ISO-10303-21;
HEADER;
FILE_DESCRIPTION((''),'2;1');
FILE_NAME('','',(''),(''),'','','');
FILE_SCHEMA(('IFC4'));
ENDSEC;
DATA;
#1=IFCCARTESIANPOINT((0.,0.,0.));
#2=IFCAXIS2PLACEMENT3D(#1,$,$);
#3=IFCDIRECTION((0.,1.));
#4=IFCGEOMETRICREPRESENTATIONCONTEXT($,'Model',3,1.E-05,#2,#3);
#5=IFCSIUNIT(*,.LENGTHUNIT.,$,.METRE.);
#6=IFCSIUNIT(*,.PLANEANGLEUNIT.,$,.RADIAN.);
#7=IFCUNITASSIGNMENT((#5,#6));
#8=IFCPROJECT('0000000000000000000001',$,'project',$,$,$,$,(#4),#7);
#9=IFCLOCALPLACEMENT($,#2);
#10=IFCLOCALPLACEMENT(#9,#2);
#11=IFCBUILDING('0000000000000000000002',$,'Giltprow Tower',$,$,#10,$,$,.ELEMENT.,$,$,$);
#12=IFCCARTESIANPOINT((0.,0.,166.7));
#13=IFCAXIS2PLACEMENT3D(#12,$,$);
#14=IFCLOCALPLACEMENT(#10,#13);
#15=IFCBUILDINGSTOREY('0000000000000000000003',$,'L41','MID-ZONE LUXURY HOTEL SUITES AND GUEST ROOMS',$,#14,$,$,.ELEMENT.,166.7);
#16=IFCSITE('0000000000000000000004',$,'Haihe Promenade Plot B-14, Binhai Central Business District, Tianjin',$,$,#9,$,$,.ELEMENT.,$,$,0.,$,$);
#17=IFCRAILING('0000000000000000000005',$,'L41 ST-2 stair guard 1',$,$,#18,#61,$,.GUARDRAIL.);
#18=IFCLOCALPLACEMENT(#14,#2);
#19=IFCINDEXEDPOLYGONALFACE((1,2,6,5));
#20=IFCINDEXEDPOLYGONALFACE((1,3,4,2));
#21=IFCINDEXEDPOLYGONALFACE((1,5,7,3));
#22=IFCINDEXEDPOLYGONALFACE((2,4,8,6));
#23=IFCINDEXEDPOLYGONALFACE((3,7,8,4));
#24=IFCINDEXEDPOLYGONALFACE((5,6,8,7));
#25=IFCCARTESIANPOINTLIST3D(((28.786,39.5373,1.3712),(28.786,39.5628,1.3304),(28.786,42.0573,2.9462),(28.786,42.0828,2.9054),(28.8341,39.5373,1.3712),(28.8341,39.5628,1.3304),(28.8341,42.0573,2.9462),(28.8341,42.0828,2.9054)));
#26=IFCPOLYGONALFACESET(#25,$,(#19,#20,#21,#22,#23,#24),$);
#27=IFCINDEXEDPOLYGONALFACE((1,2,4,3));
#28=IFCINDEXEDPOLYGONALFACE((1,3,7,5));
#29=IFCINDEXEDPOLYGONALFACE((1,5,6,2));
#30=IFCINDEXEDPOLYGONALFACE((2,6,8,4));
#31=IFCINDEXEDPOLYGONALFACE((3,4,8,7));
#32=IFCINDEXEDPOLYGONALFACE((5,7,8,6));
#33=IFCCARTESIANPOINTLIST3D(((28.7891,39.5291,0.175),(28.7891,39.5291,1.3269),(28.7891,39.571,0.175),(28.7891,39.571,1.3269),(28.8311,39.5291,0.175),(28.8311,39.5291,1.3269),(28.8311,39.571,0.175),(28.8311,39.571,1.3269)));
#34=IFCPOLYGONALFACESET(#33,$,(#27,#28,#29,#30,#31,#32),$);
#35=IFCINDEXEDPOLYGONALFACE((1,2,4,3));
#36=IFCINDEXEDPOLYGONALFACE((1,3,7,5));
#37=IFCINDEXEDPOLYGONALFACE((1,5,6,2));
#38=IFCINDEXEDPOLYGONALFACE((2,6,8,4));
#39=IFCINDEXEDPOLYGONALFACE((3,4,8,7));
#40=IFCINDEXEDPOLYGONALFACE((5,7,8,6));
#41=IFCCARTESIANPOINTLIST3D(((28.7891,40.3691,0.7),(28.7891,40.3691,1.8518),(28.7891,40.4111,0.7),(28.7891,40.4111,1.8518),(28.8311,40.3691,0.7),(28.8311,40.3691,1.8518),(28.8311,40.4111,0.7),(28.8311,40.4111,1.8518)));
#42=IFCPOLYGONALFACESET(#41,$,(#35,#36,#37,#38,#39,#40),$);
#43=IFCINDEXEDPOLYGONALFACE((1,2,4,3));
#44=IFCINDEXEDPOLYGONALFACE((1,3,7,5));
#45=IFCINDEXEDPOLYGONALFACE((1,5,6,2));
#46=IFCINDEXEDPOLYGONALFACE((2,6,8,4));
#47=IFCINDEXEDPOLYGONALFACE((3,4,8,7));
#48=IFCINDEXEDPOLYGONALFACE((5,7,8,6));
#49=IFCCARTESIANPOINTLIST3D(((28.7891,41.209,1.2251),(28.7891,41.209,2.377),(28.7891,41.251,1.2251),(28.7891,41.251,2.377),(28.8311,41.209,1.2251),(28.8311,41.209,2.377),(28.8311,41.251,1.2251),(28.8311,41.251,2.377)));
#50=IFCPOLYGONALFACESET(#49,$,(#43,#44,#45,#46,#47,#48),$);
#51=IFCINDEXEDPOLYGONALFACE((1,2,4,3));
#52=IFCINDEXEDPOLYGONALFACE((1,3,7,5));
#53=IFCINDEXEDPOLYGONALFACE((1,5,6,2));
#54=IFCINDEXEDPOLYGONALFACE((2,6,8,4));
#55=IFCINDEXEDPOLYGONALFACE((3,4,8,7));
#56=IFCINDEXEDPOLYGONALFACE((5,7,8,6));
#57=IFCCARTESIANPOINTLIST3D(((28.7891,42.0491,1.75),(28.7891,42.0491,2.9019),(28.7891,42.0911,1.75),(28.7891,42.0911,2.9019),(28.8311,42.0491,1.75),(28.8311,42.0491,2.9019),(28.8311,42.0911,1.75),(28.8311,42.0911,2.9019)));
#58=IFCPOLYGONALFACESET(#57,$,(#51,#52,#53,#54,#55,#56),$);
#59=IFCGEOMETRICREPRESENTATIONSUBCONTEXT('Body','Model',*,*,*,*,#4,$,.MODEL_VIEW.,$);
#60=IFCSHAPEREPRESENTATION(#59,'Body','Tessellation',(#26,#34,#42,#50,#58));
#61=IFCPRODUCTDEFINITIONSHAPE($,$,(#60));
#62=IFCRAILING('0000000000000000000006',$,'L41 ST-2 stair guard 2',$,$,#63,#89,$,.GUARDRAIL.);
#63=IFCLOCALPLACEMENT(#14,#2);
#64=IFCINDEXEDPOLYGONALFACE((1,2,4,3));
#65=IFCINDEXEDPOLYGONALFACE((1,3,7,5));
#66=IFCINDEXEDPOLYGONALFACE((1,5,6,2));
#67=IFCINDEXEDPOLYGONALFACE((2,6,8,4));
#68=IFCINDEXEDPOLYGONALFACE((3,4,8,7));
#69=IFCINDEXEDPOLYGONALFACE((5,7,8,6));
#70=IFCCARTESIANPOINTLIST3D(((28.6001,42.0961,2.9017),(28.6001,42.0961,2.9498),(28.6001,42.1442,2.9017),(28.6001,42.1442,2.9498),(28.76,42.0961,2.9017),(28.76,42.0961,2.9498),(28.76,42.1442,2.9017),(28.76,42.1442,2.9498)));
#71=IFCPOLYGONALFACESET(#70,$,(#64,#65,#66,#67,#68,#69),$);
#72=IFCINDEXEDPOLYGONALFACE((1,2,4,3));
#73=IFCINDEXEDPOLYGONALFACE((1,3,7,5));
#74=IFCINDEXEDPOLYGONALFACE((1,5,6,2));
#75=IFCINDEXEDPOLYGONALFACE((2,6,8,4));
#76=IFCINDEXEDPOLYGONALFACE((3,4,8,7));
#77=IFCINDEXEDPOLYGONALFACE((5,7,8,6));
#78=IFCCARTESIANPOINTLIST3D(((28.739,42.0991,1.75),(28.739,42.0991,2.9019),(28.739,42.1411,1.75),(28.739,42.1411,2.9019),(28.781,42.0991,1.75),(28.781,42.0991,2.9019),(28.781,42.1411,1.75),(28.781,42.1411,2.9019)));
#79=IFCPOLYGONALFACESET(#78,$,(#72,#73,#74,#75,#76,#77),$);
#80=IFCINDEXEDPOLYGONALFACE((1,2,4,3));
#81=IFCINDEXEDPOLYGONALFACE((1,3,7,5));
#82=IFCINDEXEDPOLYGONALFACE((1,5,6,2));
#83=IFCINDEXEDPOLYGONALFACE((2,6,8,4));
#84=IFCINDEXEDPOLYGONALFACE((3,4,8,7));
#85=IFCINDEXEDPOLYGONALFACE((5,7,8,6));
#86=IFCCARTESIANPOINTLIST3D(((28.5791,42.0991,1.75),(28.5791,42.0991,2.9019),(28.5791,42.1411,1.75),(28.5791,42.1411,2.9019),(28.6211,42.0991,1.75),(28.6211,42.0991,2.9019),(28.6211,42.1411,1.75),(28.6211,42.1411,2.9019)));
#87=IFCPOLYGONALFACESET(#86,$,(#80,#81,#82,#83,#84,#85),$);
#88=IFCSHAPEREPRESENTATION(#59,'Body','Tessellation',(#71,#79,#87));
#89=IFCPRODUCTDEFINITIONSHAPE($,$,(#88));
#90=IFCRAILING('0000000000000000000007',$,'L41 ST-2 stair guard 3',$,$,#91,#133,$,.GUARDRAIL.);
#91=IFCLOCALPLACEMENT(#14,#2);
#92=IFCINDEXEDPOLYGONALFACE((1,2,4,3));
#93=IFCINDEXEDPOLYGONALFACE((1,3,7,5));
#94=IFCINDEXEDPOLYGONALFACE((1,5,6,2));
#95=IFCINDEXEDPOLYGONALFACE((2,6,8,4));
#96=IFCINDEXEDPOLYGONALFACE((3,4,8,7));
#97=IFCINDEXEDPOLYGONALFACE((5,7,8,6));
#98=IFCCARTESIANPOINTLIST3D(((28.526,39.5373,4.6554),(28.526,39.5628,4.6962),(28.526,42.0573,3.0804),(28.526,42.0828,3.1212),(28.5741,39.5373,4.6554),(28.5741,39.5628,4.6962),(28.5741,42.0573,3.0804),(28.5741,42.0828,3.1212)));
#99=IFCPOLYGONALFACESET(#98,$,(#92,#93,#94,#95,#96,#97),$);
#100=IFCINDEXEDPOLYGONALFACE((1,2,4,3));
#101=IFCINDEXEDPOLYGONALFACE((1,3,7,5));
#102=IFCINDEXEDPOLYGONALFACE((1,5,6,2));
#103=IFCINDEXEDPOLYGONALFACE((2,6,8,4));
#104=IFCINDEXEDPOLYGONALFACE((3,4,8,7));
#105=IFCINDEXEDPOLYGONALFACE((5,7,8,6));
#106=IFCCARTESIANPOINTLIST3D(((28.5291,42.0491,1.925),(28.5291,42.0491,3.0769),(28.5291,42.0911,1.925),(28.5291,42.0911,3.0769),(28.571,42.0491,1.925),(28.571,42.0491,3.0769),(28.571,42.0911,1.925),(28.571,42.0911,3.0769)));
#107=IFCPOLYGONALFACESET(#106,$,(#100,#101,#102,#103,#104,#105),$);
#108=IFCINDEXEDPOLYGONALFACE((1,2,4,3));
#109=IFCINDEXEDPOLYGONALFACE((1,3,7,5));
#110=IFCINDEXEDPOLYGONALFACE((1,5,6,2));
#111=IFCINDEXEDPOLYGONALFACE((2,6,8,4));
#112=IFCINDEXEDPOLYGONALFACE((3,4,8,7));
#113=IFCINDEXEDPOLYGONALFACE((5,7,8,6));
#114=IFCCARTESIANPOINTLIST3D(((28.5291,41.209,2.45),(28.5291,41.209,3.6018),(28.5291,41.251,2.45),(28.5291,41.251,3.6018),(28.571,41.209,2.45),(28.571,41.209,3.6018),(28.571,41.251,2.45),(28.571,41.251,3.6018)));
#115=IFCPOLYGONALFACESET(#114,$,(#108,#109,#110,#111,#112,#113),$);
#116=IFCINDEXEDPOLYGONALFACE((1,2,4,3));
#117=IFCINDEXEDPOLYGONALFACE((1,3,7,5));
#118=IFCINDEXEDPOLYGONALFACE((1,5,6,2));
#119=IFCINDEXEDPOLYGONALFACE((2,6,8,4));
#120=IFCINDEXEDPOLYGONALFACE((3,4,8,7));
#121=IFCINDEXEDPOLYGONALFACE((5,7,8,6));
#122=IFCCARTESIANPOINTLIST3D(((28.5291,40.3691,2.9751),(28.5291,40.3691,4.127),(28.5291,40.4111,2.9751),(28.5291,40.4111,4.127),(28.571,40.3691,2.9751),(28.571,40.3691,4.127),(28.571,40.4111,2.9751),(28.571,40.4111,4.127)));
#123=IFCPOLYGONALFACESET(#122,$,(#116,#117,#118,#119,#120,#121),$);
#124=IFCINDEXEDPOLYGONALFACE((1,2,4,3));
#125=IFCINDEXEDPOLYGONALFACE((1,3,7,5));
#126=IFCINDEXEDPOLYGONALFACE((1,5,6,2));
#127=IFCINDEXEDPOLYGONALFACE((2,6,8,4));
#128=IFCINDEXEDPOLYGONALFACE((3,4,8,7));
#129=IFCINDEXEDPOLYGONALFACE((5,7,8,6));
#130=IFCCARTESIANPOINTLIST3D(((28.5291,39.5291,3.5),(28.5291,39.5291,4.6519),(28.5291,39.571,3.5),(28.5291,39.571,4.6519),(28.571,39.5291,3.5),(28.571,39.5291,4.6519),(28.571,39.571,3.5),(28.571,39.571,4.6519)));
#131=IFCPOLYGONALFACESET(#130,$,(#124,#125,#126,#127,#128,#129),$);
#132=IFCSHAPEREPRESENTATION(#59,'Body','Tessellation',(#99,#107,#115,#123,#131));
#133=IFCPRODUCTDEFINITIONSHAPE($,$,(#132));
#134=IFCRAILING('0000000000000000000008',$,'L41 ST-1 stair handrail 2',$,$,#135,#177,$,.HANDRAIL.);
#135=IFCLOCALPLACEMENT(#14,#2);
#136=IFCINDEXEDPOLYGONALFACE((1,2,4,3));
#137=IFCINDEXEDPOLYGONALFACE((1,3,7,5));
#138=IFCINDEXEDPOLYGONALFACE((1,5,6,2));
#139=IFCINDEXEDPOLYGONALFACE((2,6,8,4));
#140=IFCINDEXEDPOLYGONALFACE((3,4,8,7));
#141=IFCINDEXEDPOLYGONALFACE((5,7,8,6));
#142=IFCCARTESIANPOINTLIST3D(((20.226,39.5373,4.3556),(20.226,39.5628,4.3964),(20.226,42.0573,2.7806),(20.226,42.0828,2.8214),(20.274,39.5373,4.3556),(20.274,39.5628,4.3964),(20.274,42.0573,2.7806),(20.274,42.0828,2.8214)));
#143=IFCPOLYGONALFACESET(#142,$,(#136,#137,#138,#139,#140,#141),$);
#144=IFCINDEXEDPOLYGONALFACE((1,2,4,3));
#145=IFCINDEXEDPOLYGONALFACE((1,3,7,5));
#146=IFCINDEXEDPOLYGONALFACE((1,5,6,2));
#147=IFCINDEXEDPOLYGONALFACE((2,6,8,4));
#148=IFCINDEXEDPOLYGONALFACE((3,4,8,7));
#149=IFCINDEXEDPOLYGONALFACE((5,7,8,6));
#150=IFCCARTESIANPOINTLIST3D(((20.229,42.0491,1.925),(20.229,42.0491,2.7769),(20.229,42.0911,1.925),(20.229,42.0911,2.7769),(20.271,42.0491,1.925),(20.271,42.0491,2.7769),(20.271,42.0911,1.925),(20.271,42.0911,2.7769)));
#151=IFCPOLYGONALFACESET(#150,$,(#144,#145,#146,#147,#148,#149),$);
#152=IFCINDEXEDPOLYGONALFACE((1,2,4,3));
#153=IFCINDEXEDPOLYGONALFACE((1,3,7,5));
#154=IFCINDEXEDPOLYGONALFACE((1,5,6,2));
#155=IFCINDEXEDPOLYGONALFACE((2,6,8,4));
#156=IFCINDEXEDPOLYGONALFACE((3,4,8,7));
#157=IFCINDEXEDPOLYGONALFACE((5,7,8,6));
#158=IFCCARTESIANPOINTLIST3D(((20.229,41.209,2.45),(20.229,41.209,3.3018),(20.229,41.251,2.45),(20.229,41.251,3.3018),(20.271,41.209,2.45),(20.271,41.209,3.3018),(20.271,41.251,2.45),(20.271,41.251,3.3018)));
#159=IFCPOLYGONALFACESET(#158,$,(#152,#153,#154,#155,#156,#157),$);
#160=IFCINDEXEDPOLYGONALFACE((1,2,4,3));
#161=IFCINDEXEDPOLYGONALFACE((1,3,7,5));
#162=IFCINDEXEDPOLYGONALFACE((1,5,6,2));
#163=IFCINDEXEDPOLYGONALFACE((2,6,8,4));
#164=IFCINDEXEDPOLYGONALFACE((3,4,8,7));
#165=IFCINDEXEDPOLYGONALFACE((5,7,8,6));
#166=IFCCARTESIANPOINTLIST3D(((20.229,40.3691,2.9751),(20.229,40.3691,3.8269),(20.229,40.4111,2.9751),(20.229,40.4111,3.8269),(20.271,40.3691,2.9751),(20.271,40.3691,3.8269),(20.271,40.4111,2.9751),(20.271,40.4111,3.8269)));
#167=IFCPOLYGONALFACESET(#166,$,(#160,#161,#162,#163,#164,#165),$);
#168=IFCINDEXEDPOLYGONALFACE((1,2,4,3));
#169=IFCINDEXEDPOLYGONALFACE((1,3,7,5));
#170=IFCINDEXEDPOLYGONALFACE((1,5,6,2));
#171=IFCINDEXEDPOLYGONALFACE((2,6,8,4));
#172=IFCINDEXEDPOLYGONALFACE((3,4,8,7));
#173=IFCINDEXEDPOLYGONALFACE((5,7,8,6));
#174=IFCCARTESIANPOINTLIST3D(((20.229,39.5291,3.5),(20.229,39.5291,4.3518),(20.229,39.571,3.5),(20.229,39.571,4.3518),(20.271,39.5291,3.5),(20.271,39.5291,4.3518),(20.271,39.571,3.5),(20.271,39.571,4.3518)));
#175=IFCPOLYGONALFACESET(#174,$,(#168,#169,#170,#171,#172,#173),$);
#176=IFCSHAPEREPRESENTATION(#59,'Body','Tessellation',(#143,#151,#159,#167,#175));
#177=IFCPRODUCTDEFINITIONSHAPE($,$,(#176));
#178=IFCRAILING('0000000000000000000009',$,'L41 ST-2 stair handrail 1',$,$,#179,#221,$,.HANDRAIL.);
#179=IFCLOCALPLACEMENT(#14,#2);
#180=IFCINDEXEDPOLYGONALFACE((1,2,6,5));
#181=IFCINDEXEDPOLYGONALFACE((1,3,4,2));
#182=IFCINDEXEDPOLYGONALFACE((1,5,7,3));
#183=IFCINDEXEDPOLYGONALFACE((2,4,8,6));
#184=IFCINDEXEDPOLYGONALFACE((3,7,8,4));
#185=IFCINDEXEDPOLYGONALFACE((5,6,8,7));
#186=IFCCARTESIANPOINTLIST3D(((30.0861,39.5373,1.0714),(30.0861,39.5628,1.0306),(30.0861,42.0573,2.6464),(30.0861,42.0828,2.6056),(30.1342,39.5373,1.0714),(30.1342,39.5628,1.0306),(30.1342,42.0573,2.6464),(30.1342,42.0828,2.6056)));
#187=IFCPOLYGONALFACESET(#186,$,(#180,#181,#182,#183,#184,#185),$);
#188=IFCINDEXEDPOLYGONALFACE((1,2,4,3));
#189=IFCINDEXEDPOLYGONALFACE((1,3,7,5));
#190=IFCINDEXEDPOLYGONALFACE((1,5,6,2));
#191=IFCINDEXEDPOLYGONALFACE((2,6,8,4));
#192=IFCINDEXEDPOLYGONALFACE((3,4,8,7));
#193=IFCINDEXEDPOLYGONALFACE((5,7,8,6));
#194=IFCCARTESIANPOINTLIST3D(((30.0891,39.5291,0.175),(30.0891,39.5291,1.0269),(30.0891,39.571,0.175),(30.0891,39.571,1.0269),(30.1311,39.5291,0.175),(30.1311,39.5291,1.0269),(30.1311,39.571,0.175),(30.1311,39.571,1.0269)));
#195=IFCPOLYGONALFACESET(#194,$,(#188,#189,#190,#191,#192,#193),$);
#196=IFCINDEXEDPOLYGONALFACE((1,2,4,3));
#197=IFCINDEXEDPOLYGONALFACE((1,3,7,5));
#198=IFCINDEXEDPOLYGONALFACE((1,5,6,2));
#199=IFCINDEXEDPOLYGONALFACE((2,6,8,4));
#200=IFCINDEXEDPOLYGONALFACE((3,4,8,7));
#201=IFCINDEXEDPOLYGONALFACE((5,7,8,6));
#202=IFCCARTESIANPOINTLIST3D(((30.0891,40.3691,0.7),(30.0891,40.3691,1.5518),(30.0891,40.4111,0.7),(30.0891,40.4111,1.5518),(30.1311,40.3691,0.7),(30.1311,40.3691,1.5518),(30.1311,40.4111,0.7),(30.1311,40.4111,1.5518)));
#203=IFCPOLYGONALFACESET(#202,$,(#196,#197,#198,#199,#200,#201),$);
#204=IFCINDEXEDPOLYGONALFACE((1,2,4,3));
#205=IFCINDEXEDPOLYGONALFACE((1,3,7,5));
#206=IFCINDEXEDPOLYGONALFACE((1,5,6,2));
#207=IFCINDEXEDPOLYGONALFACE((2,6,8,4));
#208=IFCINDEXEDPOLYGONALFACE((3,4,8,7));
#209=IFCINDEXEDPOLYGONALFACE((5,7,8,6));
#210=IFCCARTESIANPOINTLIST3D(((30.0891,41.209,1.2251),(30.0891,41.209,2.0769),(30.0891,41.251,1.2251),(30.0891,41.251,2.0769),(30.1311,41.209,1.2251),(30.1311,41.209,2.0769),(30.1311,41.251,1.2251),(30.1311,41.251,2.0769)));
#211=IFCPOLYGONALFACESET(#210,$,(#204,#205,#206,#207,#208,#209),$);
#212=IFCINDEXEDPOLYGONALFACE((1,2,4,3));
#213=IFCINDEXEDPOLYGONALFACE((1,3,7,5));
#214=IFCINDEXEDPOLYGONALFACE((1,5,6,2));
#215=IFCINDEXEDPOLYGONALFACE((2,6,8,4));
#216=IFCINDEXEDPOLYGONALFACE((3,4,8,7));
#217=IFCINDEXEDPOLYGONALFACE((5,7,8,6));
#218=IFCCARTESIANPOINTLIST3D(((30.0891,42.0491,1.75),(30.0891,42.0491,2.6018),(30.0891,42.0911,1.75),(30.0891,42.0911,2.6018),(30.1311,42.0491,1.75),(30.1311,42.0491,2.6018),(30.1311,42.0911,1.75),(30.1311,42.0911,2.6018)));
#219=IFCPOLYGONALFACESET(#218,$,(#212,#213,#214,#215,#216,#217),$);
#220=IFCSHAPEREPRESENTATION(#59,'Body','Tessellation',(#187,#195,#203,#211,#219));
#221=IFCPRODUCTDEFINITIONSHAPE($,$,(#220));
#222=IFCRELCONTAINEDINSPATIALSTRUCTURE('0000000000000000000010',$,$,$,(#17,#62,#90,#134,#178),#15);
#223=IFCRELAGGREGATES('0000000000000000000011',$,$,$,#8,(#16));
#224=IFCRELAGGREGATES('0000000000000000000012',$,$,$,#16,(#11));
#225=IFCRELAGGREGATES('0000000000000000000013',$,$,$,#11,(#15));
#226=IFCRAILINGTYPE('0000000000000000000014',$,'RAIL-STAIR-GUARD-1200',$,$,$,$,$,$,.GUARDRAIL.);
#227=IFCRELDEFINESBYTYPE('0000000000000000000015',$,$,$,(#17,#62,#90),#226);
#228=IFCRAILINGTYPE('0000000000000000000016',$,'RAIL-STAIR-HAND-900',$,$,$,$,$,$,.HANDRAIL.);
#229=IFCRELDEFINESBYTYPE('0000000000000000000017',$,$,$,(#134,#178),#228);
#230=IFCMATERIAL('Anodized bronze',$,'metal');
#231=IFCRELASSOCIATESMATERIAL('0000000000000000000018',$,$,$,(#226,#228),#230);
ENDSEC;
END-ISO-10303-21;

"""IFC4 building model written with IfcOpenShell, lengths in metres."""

from ifc_helpers import new_model, si_unit, direction, frame, origin, origin_2d, place, context, subcontext, project, spatial, rectangle, extrude, material, type_object, element, save


model = new_model("IFC4")

# Units and contexts
model_context = context("Model", 3, precision=1e-05, world=origin(), true_north=direction((0.0, 1.0)))
body_context = subcontext(model_context, "Body", "Model", "MODEL_VIEW")
ifc_project = project(units=[si_unit("LENGTHUNIT", "METRE"), si_unit("PLANEANGLEUNIT", "RADIAN")], contexts=[model_context])

# Site, building, storey
site_placement = place(None, origin())
site = spatial("IfcSite", under=ifc_project, at=site_placement, Name="Haihe Promenade Plot B-14, Binhai Central Business District, Tianjin", CompositionType="ELEMENT", RefElevation=0.0)
building_placement = place(site_placement, origin())
building = spatial("IfcBuilding", under=site, at=building_placement, Name="Giltprow Tower", CompositionType="ELEMENT")
storey_placement = place(building_placement, frame((0.0, 0.0, 166.7)))
storey = spatial("IfcBuildingStorey", under=building, at=storey_placement, Name="L41", Description="MID-ZONE LUXURY HOTEL SUITES AND GUEST ROOMS", CompositionType="ELEMENT", Elevation=166.7)

# Railings
ifc_material_1 = material(Name="Anodized bronze", Category="metal")
railing_type_1 = type_object("IfcRailingType", Name="RAIL-STAIR-GUARD-1200", PredefinedType="GUARDRAIL", material=ifc_material_1)
railing_1_placement = place(storey_placement, frame((28.8101, 39.55, 0.175)))
element("IfcRailing", 1, at=railing_1_placement, inside=storey, type_object=railing_type_1, Name="L41 ST-2 stair guard 1", PredefinedType="GUARDRAIL", context=body_context, shape_type="SweptSolid", body=[
    extrude(rectangle(XDim=0.0481, YDim=0.0481, at=origin_2d()), frame((0.0, 0.0, 1.1758), z_axis=(0.0, 0.848008, 0.529984), x_axis=(-1.0, 0.0, 0.0)), (0.0, 0.0, 1.0), 2.9717),
    extrude(rectangle(XDim=0.042, YDim=0.042, at=origin_2d()), origin(), (0.0, 0.0, 1.0), 1.1519),
    extrude(rectangle(XDim=0.042, YDim=0.042, at=origin_2d()), frame((0.0, 0.8401, 0.5249)), (0.0, 0.0, 1.0), 1.1519),
    extrude(rectangle(XDim=0.042, YDim=0.042, at=origin_2d()), frame((0.0, 1.6799, 1.05)), (0.0, 0.0, 1.0), 1.1519),
    extrude(rectangle(XDim=0.042, YDim=0.042, at=origin_2d()), frame((0.0, 2.52, 1.575)), (0.0, 0.0, 1.0), 1.1519),
])
railing_2_placement = place(storey_placement, frame((28.76, 42.1201, 1.75)))
element("IfcRailing", 2, at=railing_2_placement, inside=storey, type_object=railing_type_1, Name="L41 ST-2 stair guard 2", PredefinedType="GUARDRAIL", context=body_context, shape_type="SweptSolid", body=[
    extrude(rectangle(XDim=0.0481, YDim=0.0481, at=origin_2d()), frame((0.0, 0.0, 1.1758), z_axis=(-1.0, 0.0, 0.0), x_axis=(0.0, -1.0, 0.0)), (0.0, 0.0, 1.0), 0.1599),
    extrude(rectangle(XDim=0.042, YDim=0.042, at=origin_2d()), origin(), (0.0, 0.0, 1.0), 1.1519),
    extrude(rectangle(XDim=0.042, YDim=0.042, at=origin_2d()), frame((-0.1599, 0.0, 0.0)), (0.0, 0.0, 1.0), 1.1519),
])
railing_3_placement = place(storey_placement, frame((28.55, 42.0701, 1.925)))
element("IfcRailing", 3, at=railing_3_placement, inside=storey, type_object=railing_type_1, Name="L41 ST-2 stair guard 3", PredefinedType="GUARDRAIL", context=body_context, shape_type="SweptSolid", body=[
    extrude(rectangle(XDim=0.0481, YDim=0.0481, at=origin_2d()), frame((0.0, 0.0, 1.1758), z_axis=(0.0, -0.848008, 0.529984), x_axis=(1.0, 0.0, 0.0)), (0.0, 0.0, 1.0), 2.9717),
    extrude(rectangle(XDim=0.042, YDim=0.042, at=origin_2d()), origin(), (0.0, 0.0, 1.0), 1.1519),
    extrude(rectangle(XDim=0.042, YDim=0.042, at=origin_2d()), frame((0.0, -0.8401, 0.5249)), (0.0, 0.0, 1.0), 1.1519),
    extrude(rectangle(XDim=0.042, YDim=0.042, at=origin_2d()), frame((0.0, -1.6799, 1.05)), (0.0, 0.0, 1.0), 1.1519),
    extrude(rectangle(XDim=0.042, YDim=0.042, at=origin_2d()), frame((0.0, -2.52, 1.575)), (0.0, 0.0, 1.0), 1.1519),
])
railing_type_2 = type_object("IfcRailingType", Name="RAIL-STAIR-HAND-900", PredefinedType="HANDRAIL", material=ifc_material_1)
railing_4_placement = place(storey_placement, frame((20.25, 42.0701, 1.925)))
element("IfcRailing", 4, at=railing_4_placement, inside=storey, type_object=railing_type_2, Name="L41 ST-1 stair handrail 2", PredefinedType="HANDRAIL", context=body_context, shape_type="SweptSolid", body=[
    extrude(rectangle(XDim=0.0481, YDim=0.0481, at=origin_2d()), frame((0.0, 0.0, 0.876), z_axis=(0.0, -0.848008, 0.529984), x_axis=(1.0, 0.0, 0.0)), (0.0, 0.0, 1.0), 2.9717),
    extrude(rectangle(XDim=0.042, YDim=0.042, at=origin_2d()), origin(), (0.0, 0.0, 1.0), 0.8518),
    extrude(rectangle(XDim=0.042, YDim=0.042, at=origin_2d()), frame((0.0, -0.8401, 0.5249)), (0.0, 0.0, 1.0), 0.8518),
    extrude(rectangle(XDim=0.042, YDim=0.042, at=origin_2d()), frame((0.0, -1.6799, 1.05)), (0.0, 0.0, 1.0), 0.8518),
    extrude(rectangle(XDim=0.042, YDim=0.042, at=origin_2d()), frame((0.0, -2.52, 1.575)), (0.0, 0.0, 1.0), 0.8518),
])
railing_5_placement = place(storey_placement, frame((30.1101, 39.55, 0.175)))
element("IfcRailing", 5, at=railing_5_placement, inside=storey, type_object=railing_type_2, Name="L41 ST-2 stair handrail 1", PredefinedType="HANDRAIL", context=body_context, shape_type="SweptSolid", body=[
    extrude(rectangle(XDim=0.0481, YDim=0.0481, at=origin_2d()), frame((0.0, 0.0, 0.876), z_axis=(0.0, 0.848008, 0.529984), x_axis=(-1.0, 0.0, 0.0)), (0.0, 0.0, 1.0), 2.9717),
    extrude(rectangle(XDim=0.042, YDim=0.042, at=origin_2d()), origin(), (0.0, 0.0, 1.0), 0.8518),
    extrude(rectangle(XDim=0.042, YDim=0.042, at=origin_2d()), frame((0.0, 0.8401, 0.5249)), (0.0, 0.0, 1.0), 0.8518),
    extrude(rectangle(XDim=0.042, YDim=0.042, at=origin_2d()), frame((0.0, 1.6799, 1.05)), (0.0, 0.0, 1.0), 0.8518),
    extrude(rectangle(XDim=0.042, YDim=0.042, at=origin_2d()), frame((0.0, 2.52, 1.575)), (0.0, 0.0, 1.0), 0.8518),
])

save(model, "model.ifc")
